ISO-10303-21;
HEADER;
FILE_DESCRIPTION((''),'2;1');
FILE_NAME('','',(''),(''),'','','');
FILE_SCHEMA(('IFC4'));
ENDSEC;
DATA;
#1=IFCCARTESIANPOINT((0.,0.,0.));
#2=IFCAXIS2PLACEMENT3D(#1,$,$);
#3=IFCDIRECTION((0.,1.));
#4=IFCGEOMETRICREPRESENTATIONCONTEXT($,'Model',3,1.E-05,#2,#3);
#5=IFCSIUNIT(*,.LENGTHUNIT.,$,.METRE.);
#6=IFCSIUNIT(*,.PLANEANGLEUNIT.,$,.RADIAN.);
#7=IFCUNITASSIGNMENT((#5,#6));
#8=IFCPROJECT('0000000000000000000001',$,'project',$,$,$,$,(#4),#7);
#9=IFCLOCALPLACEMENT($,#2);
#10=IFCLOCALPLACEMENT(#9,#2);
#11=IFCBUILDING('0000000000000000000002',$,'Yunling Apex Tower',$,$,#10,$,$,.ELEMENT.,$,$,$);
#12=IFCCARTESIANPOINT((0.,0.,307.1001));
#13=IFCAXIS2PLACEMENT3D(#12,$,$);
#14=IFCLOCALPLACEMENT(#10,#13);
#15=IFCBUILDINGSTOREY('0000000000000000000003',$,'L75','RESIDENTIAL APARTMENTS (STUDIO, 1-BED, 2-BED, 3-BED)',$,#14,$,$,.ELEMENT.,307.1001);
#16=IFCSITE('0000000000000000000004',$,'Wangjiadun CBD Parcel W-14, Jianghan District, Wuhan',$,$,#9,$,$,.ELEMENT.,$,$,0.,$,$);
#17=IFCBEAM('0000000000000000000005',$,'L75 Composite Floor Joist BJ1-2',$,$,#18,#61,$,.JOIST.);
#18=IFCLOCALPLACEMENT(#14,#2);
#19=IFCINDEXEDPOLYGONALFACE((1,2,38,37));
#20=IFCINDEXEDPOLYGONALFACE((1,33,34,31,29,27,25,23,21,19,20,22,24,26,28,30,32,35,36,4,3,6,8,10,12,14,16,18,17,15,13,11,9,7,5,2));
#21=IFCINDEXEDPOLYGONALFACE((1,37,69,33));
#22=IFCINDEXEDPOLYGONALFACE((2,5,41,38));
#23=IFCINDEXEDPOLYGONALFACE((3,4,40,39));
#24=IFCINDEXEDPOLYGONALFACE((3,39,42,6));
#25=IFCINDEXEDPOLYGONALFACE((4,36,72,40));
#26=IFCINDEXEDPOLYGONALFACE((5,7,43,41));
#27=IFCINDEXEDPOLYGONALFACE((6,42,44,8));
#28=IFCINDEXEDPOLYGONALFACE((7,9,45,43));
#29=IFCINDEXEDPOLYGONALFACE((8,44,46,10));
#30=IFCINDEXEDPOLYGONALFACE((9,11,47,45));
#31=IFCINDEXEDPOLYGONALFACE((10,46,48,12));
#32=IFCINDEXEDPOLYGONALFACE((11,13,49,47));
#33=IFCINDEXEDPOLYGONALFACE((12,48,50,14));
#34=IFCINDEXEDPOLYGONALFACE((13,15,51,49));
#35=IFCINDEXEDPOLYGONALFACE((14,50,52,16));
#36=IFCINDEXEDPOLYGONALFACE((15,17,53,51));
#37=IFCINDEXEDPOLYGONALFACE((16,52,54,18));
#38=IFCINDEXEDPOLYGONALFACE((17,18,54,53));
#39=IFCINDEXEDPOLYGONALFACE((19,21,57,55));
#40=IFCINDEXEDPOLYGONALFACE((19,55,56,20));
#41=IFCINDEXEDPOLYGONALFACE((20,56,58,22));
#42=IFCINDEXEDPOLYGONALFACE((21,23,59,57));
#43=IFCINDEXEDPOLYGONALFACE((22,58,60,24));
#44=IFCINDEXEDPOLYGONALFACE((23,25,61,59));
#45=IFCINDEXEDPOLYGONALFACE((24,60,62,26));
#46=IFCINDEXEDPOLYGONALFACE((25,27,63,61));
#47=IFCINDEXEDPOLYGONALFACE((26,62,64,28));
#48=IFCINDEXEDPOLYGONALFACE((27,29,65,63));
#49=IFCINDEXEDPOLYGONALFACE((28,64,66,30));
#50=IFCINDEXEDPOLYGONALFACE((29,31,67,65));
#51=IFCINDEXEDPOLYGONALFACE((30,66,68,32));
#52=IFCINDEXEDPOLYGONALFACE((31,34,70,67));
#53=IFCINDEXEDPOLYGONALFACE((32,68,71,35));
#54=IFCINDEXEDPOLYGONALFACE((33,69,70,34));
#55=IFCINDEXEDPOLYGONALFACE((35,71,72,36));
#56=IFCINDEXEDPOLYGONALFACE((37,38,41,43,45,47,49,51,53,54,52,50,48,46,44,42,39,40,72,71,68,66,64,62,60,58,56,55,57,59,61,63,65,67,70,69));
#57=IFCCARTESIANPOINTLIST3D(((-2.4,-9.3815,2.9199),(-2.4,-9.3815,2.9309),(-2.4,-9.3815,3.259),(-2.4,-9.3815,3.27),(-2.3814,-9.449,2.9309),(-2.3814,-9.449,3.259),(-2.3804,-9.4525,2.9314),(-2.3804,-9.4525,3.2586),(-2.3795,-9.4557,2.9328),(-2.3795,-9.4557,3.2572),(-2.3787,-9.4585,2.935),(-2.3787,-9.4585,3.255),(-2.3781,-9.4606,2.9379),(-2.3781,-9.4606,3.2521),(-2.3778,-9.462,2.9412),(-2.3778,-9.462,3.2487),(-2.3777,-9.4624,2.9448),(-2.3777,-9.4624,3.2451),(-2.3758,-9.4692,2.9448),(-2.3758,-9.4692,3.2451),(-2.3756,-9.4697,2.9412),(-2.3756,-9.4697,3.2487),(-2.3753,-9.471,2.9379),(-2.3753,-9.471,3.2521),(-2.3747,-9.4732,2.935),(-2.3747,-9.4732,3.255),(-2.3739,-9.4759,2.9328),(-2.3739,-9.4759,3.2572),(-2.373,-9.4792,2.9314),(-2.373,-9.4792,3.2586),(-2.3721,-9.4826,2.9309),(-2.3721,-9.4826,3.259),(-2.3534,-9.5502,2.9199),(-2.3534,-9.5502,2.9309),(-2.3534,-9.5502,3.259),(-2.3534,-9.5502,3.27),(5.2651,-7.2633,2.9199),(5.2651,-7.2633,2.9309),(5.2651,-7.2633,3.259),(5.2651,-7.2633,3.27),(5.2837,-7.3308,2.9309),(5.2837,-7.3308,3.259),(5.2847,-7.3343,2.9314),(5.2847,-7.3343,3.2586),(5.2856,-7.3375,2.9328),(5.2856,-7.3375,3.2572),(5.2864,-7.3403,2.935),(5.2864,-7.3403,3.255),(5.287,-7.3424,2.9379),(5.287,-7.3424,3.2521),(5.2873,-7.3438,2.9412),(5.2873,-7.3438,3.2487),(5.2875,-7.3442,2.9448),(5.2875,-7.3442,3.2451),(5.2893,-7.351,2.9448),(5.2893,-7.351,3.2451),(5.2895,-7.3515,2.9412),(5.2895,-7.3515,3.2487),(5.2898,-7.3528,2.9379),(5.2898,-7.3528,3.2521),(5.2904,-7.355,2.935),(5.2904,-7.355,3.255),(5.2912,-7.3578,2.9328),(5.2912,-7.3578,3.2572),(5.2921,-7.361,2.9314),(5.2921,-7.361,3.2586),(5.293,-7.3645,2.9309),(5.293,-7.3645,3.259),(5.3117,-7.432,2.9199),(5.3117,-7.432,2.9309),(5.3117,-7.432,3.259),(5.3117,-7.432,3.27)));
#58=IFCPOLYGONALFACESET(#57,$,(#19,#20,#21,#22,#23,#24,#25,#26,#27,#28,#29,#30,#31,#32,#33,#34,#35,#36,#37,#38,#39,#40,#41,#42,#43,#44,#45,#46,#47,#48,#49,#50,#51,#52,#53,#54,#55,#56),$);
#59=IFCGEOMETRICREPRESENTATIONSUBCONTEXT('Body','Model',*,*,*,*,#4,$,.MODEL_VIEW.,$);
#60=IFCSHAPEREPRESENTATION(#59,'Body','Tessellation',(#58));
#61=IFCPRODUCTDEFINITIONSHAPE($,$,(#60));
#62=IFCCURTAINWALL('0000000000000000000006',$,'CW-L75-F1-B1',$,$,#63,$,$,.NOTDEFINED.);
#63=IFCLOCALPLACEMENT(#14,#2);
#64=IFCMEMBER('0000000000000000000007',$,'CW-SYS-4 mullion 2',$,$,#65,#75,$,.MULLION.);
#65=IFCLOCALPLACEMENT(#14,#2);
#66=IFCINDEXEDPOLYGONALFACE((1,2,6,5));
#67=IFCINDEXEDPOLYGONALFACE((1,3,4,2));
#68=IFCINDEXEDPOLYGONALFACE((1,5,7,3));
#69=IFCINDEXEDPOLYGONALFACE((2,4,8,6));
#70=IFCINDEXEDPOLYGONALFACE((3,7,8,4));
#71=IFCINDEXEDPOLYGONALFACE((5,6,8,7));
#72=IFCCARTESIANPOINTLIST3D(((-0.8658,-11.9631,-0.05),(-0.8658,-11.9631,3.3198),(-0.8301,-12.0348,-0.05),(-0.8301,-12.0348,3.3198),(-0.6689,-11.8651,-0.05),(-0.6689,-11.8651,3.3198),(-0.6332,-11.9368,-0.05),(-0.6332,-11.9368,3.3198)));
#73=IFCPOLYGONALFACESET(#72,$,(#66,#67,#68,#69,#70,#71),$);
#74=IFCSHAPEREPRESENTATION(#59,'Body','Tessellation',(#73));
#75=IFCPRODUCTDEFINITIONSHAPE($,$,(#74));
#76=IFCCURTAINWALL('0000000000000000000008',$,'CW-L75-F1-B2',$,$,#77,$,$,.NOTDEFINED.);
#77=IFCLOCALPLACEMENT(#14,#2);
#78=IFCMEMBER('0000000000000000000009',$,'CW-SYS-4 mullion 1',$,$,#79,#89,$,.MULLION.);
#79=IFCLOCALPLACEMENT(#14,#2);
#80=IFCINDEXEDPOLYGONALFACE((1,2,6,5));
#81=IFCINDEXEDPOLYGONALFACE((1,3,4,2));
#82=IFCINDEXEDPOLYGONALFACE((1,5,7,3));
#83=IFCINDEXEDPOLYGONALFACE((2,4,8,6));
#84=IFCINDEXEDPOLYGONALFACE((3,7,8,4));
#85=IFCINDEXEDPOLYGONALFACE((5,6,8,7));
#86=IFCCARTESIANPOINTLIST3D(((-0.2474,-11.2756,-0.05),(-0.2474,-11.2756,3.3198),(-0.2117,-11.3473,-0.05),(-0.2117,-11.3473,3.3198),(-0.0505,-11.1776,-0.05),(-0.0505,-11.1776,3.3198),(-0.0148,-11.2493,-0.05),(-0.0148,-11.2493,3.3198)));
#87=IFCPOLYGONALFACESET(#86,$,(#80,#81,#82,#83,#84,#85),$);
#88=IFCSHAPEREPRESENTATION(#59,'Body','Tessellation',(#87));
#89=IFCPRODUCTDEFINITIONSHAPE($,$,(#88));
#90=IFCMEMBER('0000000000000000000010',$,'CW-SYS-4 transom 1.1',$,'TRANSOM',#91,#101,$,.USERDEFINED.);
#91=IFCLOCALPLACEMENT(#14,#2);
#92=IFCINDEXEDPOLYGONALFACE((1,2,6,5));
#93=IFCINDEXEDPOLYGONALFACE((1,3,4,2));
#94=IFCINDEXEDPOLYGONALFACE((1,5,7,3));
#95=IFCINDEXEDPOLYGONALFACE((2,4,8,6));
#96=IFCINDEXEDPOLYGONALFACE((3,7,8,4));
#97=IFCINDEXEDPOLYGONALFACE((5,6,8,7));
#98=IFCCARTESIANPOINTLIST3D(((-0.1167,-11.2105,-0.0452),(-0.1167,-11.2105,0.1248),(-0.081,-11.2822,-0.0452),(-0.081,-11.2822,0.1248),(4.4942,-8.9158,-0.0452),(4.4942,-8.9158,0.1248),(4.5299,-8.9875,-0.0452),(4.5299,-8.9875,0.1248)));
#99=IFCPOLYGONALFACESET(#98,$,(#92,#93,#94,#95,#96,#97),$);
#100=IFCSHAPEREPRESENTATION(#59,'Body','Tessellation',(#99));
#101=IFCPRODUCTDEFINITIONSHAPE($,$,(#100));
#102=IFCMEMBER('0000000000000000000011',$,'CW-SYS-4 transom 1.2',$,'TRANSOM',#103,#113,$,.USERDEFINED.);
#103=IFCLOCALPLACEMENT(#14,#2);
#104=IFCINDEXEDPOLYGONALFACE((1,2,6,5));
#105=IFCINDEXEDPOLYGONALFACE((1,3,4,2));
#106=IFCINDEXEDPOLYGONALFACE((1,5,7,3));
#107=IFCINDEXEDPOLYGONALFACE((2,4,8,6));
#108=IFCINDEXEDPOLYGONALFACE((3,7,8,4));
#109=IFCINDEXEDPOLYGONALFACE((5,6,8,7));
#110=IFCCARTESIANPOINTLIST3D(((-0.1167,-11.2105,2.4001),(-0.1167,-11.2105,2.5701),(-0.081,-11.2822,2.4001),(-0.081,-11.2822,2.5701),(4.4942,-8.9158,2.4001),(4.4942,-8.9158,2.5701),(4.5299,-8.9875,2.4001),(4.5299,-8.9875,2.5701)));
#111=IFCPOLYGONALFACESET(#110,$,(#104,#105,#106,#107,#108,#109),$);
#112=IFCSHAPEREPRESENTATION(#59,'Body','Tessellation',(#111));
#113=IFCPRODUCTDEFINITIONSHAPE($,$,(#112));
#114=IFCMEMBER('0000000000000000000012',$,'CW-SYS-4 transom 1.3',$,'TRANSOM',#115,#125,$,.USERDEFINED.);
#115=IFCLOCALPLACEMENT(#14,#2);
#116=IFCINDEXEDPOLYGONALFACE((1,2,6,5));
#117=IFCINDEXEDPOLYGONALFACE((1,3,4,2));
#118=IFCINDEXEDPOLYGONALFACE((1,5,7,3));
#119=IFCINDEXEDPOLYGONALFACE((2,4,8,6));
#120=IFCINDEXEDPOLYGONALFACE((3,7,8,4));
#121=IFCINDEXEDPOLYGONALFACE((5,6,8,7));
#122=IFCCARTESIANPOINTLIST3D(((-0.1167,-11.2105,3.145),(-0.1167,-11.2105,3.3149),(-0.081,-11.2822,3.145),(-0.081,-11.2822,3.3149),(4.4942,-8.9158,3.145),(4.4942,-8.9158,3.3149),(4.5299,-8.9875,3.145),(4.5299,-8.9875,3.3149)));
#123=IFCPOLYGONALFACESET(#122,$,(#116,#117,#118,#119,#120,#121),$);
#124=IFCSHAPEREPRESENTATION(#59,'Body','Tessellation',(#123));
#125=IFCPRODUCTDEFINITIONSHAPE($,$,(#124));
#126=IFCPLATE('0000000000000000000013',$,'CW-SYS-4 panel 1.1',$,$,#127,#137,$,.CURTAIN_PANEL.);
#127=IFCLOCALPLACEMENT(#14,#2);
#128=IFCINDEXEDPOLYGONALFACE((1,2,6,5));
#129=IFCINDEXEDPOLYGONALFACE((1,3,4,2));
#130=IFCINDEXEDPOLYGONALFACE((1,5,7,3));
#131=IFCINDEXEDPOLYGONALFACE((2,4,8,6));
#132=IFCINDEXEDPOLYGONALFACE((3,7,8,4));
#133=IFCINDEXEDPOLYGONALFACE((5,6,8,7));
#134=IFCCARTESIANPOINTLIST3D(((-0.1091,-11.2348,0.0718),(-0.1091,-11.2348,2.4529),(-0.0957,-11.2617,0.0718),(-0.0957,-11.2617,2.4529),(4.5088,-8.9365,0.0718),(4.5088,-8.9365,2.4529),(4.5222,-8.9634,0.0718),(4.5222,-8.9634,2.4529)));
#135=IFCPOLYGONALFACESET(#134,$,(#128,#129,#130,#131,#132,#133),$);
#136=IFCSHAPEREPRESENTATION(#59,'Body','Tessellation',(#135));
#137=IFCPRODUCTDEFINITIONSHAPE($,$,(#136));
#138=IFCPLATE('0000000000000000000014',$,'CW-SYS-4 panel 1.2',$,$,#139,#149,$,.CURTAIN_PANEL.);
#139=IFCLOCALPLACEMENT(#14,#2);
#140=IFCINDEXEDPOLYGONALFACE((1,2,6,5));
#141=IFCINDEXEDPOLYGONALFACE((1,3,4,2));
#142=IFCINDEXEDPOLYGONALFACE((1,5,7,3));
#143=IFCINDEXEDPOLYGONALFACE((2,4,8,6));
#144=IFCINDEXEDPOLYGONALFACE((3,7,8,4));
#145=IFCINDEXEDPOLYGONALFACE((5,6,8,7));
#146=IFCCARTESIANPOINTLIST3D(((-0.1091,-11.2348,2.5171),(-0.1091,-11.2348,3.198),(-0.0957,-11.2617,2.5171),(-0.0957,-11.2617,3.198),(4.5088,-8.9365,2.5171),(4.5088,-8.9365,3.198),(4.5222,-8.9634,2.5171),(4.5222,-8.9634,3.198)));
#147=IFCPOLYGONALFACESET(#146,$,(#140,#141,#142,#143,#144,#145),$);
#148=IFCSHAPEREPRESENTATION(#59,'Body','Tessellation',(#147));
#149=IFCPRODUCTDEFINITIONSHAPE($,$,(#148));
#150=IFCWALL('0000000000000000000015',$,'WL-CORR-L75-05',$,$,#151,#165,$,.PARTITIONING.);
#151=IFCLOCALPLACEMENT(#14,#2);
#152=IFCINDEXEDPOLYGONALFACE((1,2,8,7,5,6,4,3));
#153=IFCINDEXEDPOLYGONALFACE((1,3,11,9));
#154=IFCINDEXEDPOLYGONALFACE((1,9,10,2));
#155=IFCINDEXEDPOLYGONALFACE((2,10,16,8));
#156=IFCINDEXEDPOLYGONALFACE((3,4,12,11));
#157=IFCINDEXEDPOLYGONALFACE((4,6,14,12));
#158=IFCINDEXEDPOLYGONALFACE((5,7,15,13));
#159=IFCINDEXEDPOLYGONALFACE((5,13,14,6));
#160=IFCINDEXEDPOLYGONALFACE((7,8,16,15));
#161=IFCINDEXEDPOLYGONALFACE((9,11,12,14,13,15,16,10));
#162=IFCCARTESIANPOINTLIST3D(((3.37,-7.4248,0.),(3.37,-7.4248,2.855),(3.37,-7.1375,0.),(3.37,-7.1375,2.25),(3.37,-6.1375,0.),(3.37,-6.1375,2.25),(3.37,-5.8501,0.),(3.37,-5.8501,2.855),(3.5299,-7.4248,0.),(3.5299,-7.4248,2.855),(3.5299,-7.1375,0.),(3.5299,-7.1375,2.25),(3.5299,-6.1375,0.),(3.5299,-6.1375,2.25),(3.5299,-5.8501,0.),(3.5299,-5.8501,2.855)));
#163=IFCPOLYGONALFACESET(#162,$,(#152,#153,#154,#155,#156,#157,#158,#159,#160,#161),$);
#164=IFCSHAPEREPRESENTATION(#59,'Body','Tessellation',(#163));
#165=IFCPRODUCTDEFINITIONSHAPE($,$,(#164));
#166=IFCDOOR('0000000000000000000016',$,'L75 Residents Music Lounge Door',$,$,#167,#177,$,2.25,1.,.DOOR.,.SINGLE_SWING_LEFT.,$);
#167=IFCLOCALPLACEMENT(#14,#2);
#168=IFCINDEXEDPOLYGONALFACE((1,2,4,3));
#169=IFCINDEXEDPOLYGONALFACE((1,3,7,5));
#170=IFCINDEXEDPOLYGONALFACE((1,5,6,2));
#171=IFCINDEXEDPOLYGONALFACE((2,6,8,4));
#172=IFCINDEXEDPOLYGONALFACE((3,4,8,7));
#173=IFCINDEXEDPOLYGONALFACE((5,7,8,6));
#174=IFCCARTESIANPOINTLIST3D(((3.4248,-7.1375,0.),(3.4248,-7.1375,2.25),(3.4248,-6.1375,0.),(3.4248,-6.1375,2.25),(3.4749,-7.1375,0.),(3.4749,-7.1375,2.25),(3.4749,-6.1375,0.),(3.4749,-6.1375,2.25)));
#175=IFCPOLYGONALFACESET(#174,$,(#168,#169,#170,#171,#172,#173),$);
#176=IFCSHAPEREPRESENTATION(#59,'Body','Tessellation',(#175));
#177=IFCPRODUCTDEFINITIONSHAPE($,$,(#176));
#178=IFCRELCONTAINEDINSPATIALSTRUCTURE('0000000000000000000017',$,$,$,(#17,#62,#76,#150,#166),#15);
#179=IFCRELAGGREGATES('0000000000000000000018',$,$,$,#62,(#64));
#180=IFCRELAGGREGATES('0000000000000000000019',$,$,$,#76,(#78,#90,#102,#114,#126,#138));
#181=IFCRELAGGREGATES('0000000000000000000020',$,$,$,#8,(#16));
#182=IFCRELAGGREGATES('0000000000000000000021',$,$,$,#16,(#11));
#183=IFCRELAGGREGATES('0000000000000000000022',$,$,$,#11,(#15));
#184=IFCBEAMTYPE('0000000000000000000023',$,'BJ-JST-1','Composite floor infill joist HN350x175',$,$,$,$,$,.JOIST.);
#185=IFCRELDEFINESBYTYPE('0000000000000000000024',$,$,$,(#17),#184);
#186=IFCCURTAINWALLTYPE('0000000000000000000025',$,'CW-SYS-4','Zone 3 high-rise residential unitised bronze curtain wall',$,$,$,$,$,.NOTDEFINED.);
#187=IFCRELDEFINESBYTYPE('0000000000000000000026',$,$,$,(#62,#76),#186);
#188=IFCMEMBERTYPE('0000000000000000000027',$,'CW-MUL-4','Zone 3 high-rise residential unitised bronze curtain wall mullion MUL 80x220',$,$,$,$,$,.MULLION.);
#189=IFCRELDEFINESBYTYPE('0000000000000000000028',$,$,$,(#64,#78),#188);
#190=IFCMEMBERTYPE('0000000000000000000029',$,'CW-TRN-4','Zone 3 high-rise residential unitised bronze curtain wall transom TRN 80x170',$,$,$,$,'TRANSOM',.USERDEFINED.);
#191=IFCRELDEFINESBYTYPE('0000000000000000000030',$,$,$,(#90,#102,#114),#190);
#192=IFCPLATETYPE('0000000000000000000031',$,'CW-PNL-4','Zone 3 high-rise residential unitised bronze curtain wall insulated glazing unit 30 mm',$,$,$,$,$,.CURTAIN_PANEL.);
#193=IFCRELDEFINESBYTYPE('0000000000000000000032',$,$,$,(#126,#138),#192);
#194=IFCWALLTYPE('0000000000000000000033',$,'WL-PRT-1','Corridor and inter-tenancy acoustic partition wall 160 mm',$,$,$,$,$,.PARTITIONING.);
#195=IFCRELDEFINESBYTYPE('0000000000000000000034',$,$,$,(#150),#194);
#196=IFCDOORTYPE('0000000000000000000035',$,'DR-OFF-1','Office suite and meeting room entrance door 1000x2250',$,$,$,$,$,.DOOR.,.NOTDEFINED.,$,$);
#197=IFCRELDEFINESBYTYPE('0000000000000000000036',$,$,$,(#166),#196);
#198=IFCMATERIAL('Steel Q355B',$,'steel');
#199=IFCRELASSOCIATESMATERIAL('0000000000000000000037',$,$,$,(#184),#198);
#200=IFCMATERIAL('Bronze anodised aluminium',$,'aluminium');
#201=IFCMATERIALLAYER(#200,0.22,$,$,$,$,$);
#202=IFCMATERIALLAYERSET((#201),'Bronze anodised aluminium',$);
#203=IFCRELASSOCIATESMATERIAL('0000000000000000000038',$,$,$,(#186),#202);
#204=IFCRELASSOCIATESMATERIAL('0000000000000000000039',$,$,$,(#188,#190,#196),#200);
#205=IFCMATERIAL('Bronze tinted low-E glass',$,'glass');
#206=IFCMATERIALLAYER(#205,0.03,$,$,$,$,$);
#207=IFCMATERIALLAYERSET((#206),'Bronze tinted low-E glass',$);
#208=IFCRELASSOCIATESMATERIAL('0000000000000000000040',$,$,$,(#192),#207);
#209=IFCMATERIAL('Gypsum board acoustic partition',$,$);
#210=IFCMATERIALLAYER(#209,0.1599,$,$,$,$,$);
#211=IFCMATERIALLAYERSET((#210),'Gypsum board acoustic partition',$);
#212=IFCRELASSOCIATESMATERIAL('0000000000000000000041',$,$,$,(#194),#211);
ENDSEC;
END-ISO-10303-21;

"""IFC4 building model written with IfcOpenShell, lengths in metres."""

from ifc_helpers import new_model, si_unit, direction, frame, frame_2d, origin, origin_2d, place, context, subcontext, project, spatial, rectangle, i_section, extrude, source, transform, mapped, material, layer, layer_set, material_profile, profile_set, type_object, element, fill, aggregate, save


model = new_model("IFC4")

# Units and contexts
model_context = context("Model", 3, precision=1e-05, world=origin(), true_north=direction((0.0, 1.0)))
body_context = subcontext(model_context, "Body", "Model", "MODEL_VIEW")
ifc_project = project(units=[si_unit("LENGTHUNIT", "METRE"), si_unit("PLANEANGLEUNIT", "RADIAN")], contexts=[model_context])

# Site, building, storey
site_placement = place(None, origin())
site = spatial("IfcSite", under=ifc_project, at=site_placement, Name="Wangjiadun CBD Parcel W-14, Jianghan District, Wuhan", CompositionType="ELEMENT", RefElevation=0.0)
building_placement = place(site_placement, origin())
building = spatial("IfcBuilding", under=site, at=building_placement, Name="Yunling Apex Tower", CompositionType="ELEMENT")
storey_placement = place(building_placement, frame((0.0, 0.0, 307.1001)))
storey = spatial("IfcBuildingStorey", under=building, at=storey_placement, Name="L75", Description="RESIDENTIAL APARTMENTS (STUDIO, 1-BED, 2-BED, 3-BED)", CompositionType="ELEMENT", Elevation=307.1001)

# Shared definitions
ifc_material_1 = material(Name="Steel Q355B", Category="steel")

# Beam
ifc_material_profile_1 = material_profile(ifc_material_1, i_section(OverallWidth=0.175, OverallDepth=0.3501, WebThickness=0.0071, FlangeThickness=0.011, FilletRadius=0.0139, at=origin_2d()))
ifc_profile_set_1 = profile_set([ifc_material_profile_1], Name="Steel Q355B")
beam_type_1 = type_object("IfcBeamType", Name="BJ-JST-1", Description="Composite floor infill joist HN350x175", PredefinedType="JOIST", material=ifc_profile_set_1)
shared_shape_1 = source(origin(), body_context, "Body", "SweptSolid", [
    extrude(i_section(OverallWidth=0.175, OverallDepth=0.3501, WebThickness=0.0071, FlangeThickness=0.011, FilletRadius=0.0139, at=origin_2d()), origin(), (0.0, 0.0, 1.0), 7.9524),
])
beam_1_placement = place(storey_placement, frame((-2.3767, -9.4658, 3.095), z_axis=(0.963874, 0.266358, 0.0), x_axis=(-0.266358, 0.963874, 0.0)))
element("IfcBeam", 1, at=beam_1_placement, inside=storey, type_object=beam_type_1, Name="L75 Composite Floor Joist BJ1-2", PredefinedType="JOIST", context=body_context, shape_type="MappedRepresentation", body=[
    mapped(shared_shape_1, transform((0.0, 0.0, 0.0), scale=1.0)),
])

# Curtain wall, member
ifc_material_2 = material(Name="Bronze anodised aluminium", Category="aluminium")
ifc_layer_1 = layer(ifc_material_2, 0.22)
ifc_layer_set_1 = layer_set([ifc_layer_1], Name="Bronze anodised aluminium")
curtain_wall_type = type_object("IfcCurtainWallType", Name="CW-SYS-4", Description="Zone 3 high-rise residential unitised bronze curtain wall", PredefinedType="NOTDEFINED", material=ifc_layer_set_1)
curtain_wall_1_placement = place(storey_placement, origin())
curtain_wall_1 = element("IfcCurtainWall", 2, at=curtain_wall_1_placement, inside=storey, type_object=curtain_wall_type, Name="CW-L75-F1-B1", PredefinedType="NOTDEFINED")
ifc_material_profile_2 = material_profile(ifc_material_2, rectangle(XDim=0.0801, YDim=0.22, at=origin_2d()))
ifc_profile_set_2 = profile_set([ifc_material_profile_2], Name="Bronze anodised aluminium")
member_type_1 = type_object("IfcMemberType", Name="CW-MUL-4", Description="Zone 3 high-rise residential unitised bronze curtain wall mullion MUL 80x220", PredefinedType="MULLION", material=ifc_profile_set_2)
shared_shape_2 = source(origin(), body_context, "Body", "SweptSolid", [
    extrude(rectangle(XDim=0.0801, YDim=0.22, at=origin_2d()), origin(), (0.0, 0.0, 1.0), 3.3699),
])
member_1_placement = place(storey_placement, frame((-0.7495, -11.95, -0.05), z_axis=(0.0, 0.0, 1.0), x_axis=(-0.445568, 0.895248, 0.0)))
member_1 = element("IfcMember", 3, at=member_1_placement, type_object=member_type_1, Name="CW-SYS-4 mullion 2", PredefinedType="MULLION", context=body_context, shape_type="MappedRepresentation", body=[
    mapped(shared_shape_2, transform((0.0, 0.0, 0.0), scale=1.0)),
])
aggregate(curtain_wall_1, [member_1])

# Curtain wall, members, plates
curtain_wall_2_placement = place(storey_placement, origin())
curtain_wall_2 = element("IfcCurtainWall", 4, at=curtain_wall_2_placement, inside=storey, type_object=curtain_wall_type, Name="CW-L75-F1-B2", PredefinedType="NOTDEFINED")
member_2_placement = place(storey_placement, frame((-0.1311, -11.2625, -0.05), z_axis=(0.0, 0.0, 1.0), x_axis=(-0.445561, 0.895252, 0.0)))
member_2 = element("IfcMember", 5, at=member_2_placement, type_object=member_type_1, Name="CW-SYS-4 mullion 1", PredefinedType="MULLION", context=body_context, shape_type="MappedRepresentation", body=[
    mapped(shared_shape_2, transform((0.0, 0.0, 0.0), scale=1.0)),
])
ifc_material_profile_3 = material_profile(ifc_material_2, rectangle(XDim=0.0801, YDim=0.1699, at=origin_2d()))
ifc_profile_set_3 = profile_set([ifc_material_profile_3], Name="Bronze anodised aluminium")
member_type_2 = type_object("IfcMemberType", Name="CW-TRN-4", Description="Zone 3 high-rise residential unitised bronze curtain wall transom TRN 80x170", ElementType="TRANSOM", PredefinedType="USERDEFINED", material=ifc_profile_set_3)
shared_shape_3 = source(origin(), body_context, "Body", "SweptSolid", [
    extrude(rectangle(XDim=0.0801, YDim=0.1699, at=origin_2d()), origin(), (0.0, 0.0, 1.0), 5.1504),
])
member_3_placement = place(storey_placement, frame((-0.0989, -11.2463, 0.0398), z_axis=(0.89526, 0.445544, 0.0), x_axis=(-0.445544, 0.89526, 0.0)))
member_3 = element("IfcMember", 6, at=member_3_placement, type_object=member_type_2, Name="CW-SYS-4 transom 1.1", ObjectType="TRANSOM", PredefinedType="USERDEFINED", context=body_context, shape_type="MappedRepresentation", body=[
    mapped(shared_shape_3, transform((0.0, 0.0, 0.0), scale=1.0)),
])
member_4_placement = place(storey_placement, frame((-0.0989, -11.2463, 2.4851), z_axis=(0.89526, 0.445544, 0.0), x_axis=(-0.445544, 0.89526, 0.0)))
member_4 = element("IfcMember", 7, at=member_4_placement, type_object=member_type_2, Name="CW-SYS-4 transom 1.2", ObjectType="TRANSOM", PredefinedType="USERDEFINED", context=body_context, shape_type="MappedRepresentation", body=[
    mapped(shared_shape_3, transform((0.0, 0.0, 0.0), scale=1.0)),
])
member_5_placement = place(storey_placement, frame((-0.0989, -11.2463, 3.23), z_axis=(0.89526, 0.445544, 0.0), x_axis=(-0.445544, 0.89526, 0.0)))
member_5 = element("IfcMember", 8, at=member_5_placement, type_object=member_type_2, Name="CW-SYS-4 transom 1.3", ObjectType="TRANSOM", PredefinedType="USERDEFINED", context=body_context, shape_type="MappedRepresentation", body=[
    mapped(shared_shape_3, transform((0.0, 0.0, 0.0), scale=1.0)),
])
ifc_material_3 = material(Name="Bronze tinted low-E glass", Category="glass")
ifc_layer_2 = layer(ifc_material_3, 0.03)
ifc_layer_set_2 = layer_set([ifc_layer_2], Name="Bronze tinted low-E glass")
plate_type = type_object("IfcPlateType", Name="CW-PNL-4", Description="Zone 3 high-rise residential unitised bronze curtain wall insulated glazing unit 30 mm", PredefinedType="CURTAIN_PANEL", material=ifc_layer_set_2)
shared_shape_4 = source(origin(), body_context, "Body", "SweptSolid", [
    extrude(rectangle(XDim=5.1582, YDim=0.03, at=origin_2d()), origin(), (0.0, 0.0, 1.0), 2.3811),
])
plate_1_placement = place(storey_placement, frame((2.2065, -10.0991, 0.0718), z_axis=(0.0, 0.0, 1.0), x_axis=(0.895252, 0.445561, 0.0)))
plate_1 = element("IfcPlate", 9, at=plate_1_placement, type_object=plate_type, Name="CW-SYS-4 panel 1.1", PredefinedType="CURTAIN_PANEL", context=body_context, shape_type="MappedRepresentation", body=[
    mapped(shared_shape_4, transform((0.0, 0.0, 0.0), scale=1.0)),
])
shared_shape_5 = source(origin(), body_context, "Body", "SweptSolid", [
    extrude(rectangle(XDim=5.1582, YDim=0.03, at=origin_2d()), origin(), (0.0, 0.0, 1.0), 0.6809),
])
plate_2_placement = place(storey_placement, frame((2.2065, -10.0991, 2.5171), z_axis=(0.0, 0.0, 1.0), x_axis=(0.895252, 0.445561, 0.0)))
plate_2 = element("IfcPlate", 10, at=plate_2_placement, type_object=plate_type, Name="CW-SYS-4 panel 1.2", PredefinedType="CURTAIN_PANEL", context=body_context, shape_type="MappedRepresentation", body=[
    mapped(shared_shape_5, transform((0.0, 0.0, 0.0), scale=1.0)),
])
aggregate(curtain_wall_2, [member_2, member_3, member_4, member_5, plate_1, plate_2])

# Wall, opening, door
ifc_material_4 = material(Name="Gypsum board acoustic partition")
ifc_layer_3 = layer(ifc_material_4, 0.1599)
ifc_layer_set_3 = layer_set([ifc_layer_3], Name="Gypsum board acoustic partition")
wall_type_1 = type_object("IfcWallType", Name="WL-PRT-1", Description="Corridor and inter-tenancy acoustic partition wall 160 mm", PredefinedType="PARTITIONING", material=ifc_layer_set_3)
wall_1_placement = place(storey_placement, frame((3.45, -5.8501, 0.0), z_axis=(0.0, 0.0, 1.0), x_axis=(0.0, -1.0, 0.0)))
wall_1 = element("IfcWall", 11, at=wall_1_placement, inside=storey, type_object=wall_type_1, Name="WL-CORR-L75-05", PredefinedType="PARTITIONING", context=body_context, shape_type="SweptSolid", body=[
    extrude(rectangle(XDim=1.5747, YDim=0.1599, at=frame_2d((0.7874, 0.0))), origin(), (0.0, 0.0, 1.0), 2.855),
])
opening_1_placement = place(wall_1_placement, frame((0.2874, 0.0, 0.0)))
opening_1 = element("IfcOpeningElement", 12, at=opening_1_placement, cuts=wall_1, PredefinedType="OPENING", context=body_context, shape_type="SweptSolid", body=[
    extrude(rectangle(XDim=1.0, YDim=2.25, at=frame_2d((0.5, 1.125))), frame((0.0, 0.0898, 0.0), z_axis=(0.0, -1.0, 0.0), x_axis=(1.0, 0.0, 0.0)), (0.0, 0.0, 1.0), 0.1799),
])
door_type_1 = type_object("IfcDoorType", Name="DR-OFF-1", Description="Office suite and meeting room entrance door 1000x2250", OperationType="NOTDEFINED", PredefinedType="DOOR", material=ifc_material_2)
door_1_placement = place(opening_1_placement, origin())
door_1 = element("IfcDoor", 13, at=door_1_placement, inside=storey, type_object=door_type_1, Name="L75 Residents Music Lounge Door", OperationType="SINGLE_SWING_LEFT", OverallHeight=2.25, OverallWidth=1.0, PredefinedType="DOOR", context=body_context, shape_type="SweptSolid", body=[
    extrude(rectangle(XDim=1.0, YDim=2.25, at=frame_2d((0.5, 1.125))), frame((0.0, 0.0249, 0.0), z_axis=(0.0, -1.0, 0.0), x_axis=(1.0, 0.0, 0.0)), (0.0, 0.0, 1.0), 0.05),
])
fill(opening_1, door_1)

save(model, "model.ifc")
